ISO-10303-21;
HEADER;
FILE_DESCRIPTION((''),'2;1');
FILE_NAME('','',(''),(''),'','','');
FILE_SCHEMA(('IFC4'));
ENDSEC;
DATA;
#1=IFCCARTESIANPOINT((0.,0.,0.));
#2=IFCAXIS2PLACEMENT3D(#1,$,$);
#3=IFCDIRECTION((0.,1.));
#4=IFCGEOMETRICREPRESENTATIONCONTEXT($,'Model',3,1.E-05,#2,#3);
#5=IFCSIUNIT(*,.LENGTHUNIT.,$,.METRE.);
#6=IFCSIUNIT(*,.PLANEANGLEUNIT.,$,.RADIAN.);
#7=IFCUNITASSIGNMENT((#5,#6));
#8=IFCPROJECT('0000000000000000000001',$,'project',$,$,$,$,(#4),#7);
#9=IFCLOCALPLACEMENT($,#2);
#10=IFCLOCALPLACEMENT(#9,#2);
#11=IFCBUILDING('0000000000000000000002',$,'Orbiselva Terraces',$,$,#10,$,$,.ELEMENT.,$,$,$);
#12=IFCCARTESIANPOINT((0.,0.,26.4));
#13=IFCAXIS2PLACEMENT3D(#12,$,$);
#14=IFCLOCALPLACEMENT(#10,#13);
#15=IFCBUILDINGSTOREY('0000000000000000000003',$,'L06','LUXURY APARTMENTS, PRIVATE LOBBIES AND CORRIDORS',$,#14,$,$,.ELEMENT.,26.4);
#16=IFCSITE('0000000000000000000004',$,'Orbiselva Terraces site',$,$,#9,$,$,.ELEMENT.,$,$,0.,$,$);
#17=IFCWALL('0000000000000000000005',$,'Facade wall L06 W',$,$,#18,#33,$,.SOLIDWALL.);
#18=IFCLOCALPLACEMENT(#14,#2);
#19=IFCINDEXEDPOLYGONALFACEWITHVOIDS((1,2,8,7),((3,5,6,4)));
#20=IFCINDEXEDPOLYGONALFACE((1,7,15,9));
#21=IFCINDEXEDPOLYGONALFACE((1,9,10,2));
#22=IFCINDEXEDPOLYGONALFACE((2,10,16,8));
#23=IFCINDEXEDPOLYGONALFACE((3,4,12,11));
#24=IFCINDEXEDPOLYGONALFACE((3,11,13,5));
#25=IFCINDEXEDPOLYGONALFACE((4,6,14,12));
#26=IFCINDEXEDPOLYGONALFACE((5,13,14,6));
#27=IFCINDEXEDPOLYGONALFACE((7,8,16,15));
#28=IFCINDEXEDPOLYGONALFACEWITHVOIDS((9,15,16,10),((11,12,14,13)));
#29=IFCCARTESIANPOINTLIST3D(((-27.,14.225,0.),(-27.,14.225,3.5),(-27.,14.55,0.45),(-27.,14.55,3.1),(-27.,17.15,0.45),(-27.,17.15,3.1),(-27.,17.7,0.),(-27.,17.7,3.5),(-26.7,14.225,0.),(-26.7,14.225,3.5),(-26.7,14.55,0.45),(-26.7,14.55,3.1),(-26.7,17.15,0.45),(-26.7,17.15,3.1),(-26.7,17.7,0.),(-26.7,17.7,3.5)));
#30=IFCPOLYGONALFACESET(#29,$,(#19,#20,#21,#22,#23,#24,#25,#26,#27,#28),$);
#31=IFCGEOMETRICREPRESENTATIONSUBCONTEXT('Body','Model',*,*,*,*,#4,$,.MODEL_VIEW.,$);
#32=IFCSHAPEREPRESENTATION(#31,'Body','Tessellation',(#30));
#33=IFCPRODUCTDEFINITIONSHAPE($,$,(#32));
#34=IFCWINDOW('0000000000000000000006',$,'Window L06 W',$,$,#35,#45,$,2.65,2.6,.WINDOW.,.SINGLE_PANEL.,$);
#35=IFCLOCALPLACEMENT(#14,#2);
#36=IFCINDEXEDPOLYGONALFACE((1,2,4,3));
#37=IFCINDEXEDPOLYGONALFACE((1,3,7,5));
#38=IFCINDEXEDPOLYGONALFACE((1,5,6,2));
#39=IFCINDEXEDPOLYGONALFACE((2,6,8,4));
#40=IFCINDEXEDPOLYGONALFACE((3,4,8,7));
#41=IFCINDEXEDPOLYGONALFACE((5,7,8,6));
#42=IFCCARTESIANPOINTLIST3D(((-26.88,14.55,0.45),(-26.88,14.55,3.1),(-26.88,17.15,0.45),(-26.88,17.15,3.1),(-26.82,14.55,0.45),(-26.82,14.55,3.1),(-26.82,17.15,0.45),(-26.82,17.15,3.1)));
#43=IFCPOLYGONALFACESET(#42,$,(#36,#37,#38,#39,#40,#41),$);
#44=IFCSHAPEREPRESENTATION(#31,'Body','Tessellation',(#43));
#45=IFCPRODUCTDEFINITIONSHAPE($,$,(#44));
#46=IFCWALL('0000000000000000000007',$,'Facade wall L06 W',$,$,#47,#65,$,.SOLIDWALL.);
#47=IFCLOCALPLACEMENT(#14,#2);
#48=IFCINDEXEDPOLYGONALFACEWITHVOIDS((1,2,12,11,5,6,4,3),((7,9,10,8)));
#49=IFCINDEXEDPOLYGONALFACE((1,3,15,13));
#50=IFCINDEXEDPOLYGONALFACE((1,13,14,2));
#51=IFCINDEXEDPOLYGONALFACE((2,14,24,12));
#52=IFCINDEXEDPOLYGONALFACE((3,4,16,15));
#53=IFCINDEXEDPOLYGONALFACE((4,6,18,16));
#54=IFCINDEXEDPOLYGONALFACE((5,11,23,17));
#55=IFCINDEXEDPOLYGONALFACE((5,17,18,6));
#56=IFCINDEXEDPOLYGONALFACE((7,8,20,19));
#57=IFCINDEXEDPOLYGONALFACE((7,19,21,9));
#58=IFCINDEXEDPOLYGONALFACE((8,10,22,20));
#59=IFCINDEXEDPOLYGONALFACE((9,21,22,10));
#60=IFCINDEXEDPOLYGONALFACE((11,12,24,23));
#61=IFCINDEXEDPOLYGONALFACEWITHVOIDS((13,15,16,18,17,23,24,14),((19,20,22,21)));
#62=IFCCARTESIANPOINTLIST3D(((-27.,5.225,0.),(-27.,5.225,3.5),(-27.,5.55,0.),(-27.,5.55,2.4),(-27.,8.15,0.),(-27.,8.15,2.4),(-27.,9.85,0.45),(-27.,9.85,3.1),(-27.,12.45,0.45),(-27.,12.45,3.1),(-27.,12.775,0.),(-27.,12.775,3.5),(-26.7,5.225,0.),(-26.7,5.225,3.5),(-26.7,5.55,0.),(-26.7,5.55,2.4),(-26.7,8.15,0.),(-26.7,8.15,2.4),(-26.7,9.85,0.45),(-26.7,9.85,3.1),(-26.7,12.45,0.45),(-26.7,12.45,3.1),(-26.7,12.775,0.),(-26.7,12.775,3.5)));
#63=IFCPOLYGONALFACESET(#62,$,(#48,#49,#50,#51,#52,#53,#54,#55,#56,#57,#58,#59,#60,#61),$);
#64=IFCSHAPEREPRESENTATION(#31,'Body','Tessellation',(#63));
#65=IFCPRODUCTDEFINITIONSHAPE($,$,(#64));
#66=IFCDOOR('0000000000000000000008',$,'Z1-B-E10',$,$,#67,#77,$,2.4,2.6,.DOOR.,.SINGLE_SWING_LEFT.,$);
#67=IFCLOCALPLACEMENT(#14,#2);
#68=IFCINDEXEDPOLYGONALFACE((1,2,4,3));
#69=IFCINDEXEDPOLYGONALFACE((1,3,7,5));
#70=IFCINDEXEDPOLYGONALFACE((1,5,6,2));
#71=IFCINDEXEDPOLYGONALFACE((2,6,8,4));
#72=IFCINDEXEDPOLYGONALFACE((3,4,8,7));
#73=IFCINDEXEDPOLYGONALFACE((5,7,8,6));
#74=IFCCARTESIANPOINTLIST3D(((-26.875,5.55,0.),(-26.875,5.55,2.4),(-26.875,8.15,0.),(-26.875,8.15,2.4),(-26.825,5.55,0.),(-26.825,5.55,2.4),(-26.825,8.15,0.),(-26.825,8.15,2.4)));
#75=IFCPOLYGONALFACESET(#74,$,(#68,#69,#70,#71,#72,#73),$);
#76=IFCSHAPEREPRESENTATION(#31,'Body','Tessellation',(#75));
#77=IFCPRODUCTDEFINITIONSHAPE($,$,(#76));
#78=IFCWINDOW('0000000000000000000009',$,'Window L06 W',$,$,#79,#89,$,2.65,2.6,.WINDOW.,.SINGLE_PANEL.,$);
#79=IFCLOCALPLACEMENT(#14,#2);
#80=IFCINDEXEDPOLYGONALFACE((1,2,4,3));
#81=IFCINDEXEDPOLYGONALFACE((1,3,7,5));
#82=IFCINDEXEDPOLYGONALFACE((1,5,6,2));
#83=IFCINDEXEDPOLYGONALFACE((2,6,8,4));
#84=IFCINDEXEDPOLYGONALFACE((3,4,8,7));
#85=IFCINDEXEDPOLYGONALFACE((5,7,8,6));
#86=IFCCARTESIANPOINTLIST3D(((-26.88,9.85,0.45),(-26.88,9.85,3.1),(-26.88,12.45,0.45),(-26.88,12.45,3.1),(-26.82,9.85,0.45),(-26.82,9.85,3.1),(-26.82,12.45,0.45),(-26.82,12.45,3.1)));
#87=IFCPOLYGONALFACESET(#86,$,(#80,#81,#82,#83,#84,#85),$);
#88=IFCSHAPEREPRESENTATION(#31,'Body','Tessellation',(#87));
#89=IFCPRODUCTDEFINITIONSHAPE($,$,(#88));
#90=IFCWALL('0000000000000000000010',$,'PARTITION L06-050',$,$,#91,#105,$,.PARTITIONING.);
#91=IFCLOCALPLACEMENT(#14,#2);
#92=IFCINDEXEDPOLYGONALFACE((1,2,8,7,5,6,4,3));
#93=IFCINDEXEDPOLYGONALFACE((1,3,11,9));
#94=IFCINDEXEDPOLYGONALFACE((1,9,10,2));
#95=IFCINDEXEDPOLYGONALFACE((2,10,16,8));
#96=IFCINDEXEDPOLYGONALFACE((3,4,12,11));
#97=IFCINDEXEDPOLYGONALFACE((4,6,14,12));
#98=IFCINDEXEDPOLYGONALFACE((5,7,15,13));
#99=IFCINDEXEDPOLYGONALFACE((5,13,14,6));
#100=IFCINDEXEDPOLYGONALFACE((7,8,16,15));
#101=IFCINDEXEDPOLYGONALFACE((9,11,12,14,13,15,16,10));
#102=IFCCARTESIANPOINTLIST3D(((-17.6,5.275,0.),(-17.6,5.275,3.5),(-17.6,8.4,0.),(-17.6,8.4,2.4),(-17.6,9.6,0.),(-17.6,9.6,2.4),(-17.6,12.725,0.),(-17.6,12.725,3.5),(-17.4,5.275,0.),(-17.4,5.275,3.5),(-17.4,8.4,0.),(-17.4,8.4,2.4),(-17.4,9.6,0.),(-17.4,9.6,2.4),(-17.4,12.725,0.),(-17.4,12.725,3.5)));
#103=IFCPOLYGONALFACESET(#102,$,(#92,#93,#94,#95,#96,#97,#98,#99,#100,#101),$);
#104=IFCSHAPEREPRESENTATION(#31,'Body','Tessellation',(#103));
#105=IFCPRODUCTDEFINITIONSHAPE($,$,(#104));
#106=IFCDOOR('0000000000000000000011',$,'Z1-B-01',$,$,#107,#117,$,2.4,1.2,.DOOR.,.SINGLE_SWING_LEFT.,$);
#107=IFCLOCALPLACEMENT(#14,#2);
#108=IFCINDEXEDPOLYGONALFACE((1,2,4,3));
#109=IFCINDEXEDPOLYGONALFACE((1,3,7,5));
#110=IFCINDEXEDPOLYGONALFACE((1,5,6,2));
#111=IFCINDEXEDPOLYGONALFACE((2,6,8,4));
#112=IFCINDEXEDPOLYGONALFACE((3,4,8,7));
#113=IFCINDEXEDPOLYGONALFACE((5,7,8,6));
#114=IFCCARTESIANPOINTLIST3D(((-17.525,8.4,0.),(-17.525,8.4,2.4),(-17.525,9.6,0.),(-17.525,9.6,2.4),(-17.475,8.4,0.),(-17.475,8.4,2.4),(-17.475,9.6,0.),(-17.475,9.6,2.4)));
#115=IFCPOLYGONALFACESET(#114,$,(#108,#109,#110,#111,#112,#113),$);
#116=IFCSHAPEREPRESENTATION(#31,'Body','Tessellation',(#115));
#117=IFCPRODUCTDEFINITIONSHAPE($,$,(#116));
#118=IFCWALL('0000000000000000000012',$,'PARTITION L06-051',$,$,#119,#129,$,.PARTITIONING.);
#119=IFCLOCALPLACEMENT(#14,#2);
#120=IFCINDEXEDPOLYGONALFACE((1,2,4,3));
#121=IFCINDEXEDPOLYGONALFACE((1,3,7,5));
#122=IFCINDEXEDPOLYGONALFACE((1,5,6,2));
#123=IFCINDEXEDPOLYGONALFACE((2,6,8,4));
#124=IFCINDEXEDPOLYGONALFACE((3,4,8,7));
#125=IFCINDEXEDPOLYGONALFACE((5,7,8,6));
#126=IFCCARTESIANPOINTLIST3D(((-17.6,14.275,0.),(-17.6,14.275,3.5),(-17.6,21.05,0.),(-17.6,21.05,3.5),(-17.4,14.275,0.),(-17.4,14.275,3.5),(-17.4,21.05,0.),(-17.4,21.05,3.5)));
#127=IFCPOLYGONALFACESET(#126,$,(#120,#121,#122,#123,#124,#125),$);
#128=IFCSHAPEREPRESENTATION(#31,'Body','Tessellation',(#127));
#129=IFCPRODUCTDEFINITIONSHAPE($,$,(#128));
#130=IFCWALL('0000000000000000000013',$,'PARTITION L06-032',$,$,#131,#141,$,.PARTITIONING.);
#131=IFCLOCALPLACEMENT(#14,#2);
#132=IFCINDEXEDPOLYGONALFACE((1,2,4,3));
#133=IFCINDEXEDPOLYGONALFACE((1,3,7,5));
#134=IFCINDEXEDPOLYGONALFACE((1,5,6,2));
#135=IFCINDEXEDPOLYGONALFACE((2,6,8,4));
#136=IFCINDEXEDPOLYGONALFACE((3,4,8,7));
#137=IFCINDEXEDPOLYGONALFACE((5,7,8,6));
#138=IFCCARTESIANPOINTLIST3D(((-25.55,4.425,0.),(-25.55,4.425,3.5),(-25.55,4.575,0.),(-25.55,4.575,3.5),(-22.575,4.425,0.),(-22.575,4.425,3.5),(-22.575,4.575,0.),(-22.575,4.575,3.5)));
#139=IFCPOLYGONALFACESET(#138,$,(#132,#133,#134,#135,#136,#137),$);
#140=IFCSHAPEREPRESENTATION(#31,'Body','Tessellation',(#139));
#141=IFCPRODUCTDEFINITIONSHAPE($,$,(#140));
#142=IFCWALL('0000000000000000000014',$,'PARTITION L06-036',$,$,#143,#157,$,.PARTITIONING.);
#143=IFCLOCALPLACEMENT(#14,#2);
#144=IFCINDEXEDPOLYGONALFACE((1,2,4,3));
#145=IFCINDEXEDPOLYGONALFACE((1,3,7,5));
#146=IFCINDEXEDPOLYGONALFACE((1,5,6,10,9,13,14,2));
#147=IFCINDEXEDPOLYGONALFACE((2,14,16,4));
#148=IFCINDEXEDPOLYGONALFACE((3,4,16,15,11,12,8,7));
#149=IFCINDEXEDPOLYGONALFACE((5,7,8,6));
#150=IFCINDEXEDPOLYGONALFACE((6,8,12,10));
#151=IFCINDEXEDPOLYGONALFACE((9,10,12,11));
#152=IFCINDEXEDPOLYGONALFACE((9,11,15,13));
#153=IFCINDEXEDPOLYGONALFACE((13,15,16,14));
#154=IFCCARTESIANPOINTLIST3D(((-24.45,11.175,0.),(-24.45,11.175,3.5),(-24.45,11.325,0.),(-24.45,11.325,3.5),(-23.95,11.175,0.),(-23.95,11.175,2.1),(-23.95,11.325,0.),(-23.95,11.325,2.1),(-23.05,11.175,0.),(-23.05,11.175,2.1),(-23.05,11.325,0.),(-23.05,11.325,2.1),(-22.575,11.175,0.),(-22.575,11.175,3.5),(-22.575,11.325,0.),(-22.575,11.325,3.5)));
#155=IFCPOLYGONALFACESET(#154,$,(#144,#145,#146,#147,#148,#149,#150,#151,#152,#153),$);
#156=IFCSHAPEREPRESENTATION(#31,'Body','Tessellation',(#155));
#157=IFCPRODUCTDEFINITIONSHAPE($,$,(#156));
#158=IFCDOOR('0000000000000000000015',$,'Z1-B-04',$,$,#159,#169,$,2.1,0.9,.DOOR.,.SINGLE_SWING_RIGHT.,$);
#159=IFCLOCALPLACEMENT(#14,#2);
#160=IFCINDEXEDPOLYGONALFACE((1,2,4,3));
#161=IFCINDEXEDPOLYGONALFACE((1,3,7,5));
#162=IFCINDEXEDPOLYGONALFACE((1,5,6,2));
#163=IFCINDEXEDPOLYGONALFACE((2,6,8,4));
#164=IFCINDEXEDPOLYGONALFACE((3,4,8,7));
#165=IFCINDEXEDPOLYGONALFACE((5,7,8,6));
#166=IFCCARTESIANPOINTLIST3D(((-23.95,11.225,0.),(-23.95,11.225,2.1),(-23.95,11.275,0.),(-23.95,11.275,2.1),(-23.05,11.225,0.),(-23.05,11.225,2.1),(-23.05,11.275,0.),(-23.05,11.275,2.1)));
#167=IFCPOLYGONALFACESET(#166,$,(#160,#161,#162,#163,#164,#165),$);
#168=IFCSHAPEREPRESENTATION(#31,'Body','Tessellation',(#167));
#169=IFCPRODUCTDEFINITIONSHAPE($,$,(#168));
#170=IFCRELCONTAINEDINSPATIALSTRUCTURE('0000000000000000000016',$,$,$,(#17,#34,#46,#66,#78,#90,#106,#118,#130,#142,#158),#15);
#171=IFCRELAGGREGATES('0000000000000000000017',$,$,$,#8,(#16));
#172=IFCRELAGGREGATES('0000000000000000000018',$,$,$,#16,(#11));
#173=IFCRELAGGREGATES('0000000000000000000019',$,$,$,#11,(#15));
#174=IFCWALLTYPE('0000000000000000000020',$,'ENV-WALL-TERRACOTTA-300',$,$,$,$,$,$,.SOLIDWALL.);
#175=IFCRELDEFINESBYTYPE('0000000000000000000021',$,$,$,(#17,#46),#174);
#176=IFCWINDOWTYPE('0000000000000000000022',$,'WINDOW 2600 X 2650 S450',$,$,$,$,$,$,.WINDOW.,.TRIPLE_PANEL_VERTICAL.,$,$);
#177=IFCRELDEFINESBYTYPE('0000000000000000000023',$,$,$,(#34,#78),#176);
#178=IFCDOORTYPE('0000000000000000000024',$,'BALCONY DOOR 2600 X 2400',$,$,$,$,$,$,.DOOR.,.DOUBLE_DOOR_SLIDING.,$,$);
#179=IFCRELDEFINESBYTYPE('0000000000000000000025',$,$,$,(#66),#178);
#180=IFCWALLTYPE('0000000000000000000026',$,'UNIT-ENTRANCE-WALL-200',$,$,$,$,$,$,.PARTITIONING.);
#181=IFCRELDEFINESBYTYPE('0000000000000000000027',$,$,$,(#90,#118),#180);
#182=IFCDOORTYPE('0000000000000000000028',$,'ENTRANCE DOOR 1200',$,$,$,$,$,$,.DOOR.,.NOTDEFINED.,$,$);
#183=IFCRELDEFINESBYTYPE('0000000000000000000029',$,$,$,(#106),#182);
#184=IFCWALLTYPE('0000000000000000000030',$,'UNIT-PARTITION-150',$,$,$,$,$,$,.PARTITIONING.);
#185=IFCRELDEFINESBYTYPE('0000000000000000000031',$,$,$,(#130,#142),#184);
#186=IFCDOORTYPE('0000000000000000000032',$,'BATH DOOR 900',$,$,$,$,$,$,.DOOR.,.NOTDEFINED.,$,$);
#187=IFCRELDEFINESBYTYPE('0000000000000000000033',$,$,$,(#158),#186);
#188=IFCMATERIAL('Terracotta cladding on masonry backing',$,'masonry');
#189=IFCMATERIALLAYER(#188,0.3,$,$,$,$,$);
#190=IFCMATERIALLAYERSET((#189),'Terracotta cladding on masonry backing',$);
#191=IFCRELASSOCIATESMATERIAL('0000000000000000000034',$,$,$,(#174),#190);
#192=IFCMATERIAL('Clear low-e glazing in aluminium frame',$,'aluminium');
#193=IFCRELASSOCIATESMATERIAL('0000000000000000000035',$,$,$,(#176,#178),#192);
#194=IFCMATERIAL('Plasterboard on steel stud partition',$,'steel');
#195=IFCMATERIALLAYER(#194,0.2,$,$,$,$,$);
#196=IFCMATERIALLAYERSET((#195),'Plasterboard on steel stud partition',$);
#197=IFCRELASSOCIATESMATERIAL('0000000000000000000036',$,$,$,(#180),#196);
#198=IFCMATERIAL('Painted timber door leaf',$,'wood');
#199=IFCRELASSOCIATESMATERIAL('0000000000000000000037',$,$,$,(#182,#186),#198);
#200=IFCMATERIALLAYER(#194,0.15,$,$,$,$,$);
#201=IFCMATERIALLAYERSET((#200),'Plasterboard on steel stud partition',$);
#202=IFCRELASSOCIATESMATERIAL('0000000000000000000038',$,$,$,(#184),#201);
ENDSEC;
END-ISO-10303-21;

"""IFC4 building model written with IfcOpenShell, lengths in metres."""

from ifc_helpers import new_model, si_unit, direction, frame, frame_2d, origin, place, context, subcontext, project, spatial, rectangle, extrude, material, layer, layer_set, type_object, element, fill, save


model = new_model("IFC4")

# Units and contexts
model_context = context("Model", 3, precision=1e-05, world=origin(), true_north=direction((0.0, 1.0)))
body_context = subcontext(model_context, "Body", "Model", "MODEL_VIEW")
ifc_project = project(units=[si_unit("LENGTHUNIT", "METRE"), si_unit("PLANEANGLEUNIT", "RADIAN")], contexts=[model_context])

# Site, building, storey
site_placement = place(None, origin())
site = spatial("IfcSite", under=ifc_project, at=site_placement, Name="Orbiselva Terraces site", CompositionType="ELEMENT", RefElevation=0.0)
building_placement = place(site_placement, origin())
building = spatial("IfcBuilding", under=site, at=building_placement, Name="Orbiselva Terraces", CompositionType="ELEMENT")
storey_placement = place(building_placement, frame((0.0, 0.0, 26.4)))
storey = spatial("IfcBuildingStorey", under=building, at=storey_placement, Name="L06", Description="LUXURY APARTMENTS, PRIVATE LOBBIES AND CORRIDORS", CompositionType="ELEMENT", Elevation=26.4)

# Wall, opening, window
ifc_material_1 = material(Name="Terracotta cladding on masonry backing", Category="masonry")
ifc_layer_1 = layer(ifc_material_1, 0.3)
ifc_layer_set_1 = layer_set([ifc_layer_1], Name="Terracotta cladding on masonry backing")
wall_type_1 = type_object("IfcWallType", Name="ENV-WALL-TERRACOTTA-300", PredefinedType="SOLIDWALL", material=ifc_layer_set_1)
wall_1_placement = place(storey_placement, frame((-26.85, 14.225, 0.0), z_axis=(0.0, 0.0, 1.0), x_axis=(0.0, 1.0, 0.0)))
wall_1 = element("IfcWall", 1, at=wall_1_placement, inside=storey, type_object=wall_type_1, Name="Facade wall L06 W", PredefinedType="SOLIDWALL", context=body_context, shape_type="SweptSolid", body=[
    extrude(rectangle(XDim=3.475, YDim=0.3, at=frame_2d((1.7375, 0.0))), origin(), (0.0, 0.0, 1.0), 3.5),
])
opening_1_placement = place(wall_1_placement, frame((0.325, 0.0, 0.45)))
opening_1 = element("IfcOpeningElement", 2, at=opening_1_placement, cuts=wall_1, PredefinedType="OPENING", context=body_context, shape_type="SweptSolid", body=[
    extrude(rectangle(XDim=2.6, YDim=2.65, at=frame_2d((1.3, 1.325))), frame((0.0, 0.16, 0.0), z_axis=(0.0, -1.0, 0.0), x_axis=(1.0, 0.0, 0.0)), (0.0, 0.0, 1.0), 0.32),
])
ifc_material_2 = material(Name="Clear low-e glazing in aluminium frame", Category="aluminium")
window_type = type_object("IfcWindowType", Name="WINDOW 2600 X 2650 S450", PartitioningType="TRIPLE_PANEL_VERTICAL", PredefinedType="WINDOW", material=ifc_material_2)
window_1_placement = place(opening_1_placement, origin())
window_1 = element("IfcWindow", 3, at=window_1_placement, inside=storey, type_object=window_type, Name="Window L06 W", OverallHeight=2.65, OverallWidth=2.6, PartitioningType="SINGLE_PANEL", PredefinedType="WINDOW", context=body_context, shape_type="SweptSolid", body=[
    extrude(rectangle(XDim=2.6, YDim=2.65, at=frame_2d((1.3, 1.325))), frame((0.0, 0.03, 0.0), z_axis=(0.0, -1.0, 0.0), x_axis=(1.0, 0.0, 0.0)), (0.0, 0.0, 1.0), 0.06),
])
fill(opening_1, window_1)

# Wall, openings, door, window
wall_2_placement = place(storey_placement, frame((-26.85, 5.225, 0.0), z_axis=(0.0, 0.0, 1.0), x_axis=(0.0, 1.0, 0.0)))
wall_2 = element("IfcWall", 4, at=wall_2_placement, inside=storey, type_object=wall_type_1, Name="Facade wall L06 W", PredefinedType="SOLIDWALL", context=body_context, shape_type="SweptSolid", body=[
    extrude(rectangle(XDim=7.55, YDim=0.3, at=frame_2d((3.775, 0.0))), origin(), (0.0, 0.0, 1.0), 3.5),
])
opening_2_placement = place(wall_2_placement, frame((4.625, 0.0, 0.45)))
opening_2 = element("IfcOpeningElement", 5, at=opening_2_placement, cuts=wall_2, PredefinedType="OPENING", context=body_context, shape_type="SweptSolid", body=[
    extrude(rectangle(XDim=2.6, YDim=2.65, at=frame_2d((1.3, 1.325))), frame((0.0, 0.16, 0.0), z_axis=(0.0, -1.0, 0.0), x_axis=(1.0, 0.0, 0.0)), (0.0, 0.0, 1.0), 0.32),
])
opening_3_placement = place(wall_2_placement, frame((0.325, 0.0, 0.0)))
opening_3 = element("IfcOpeningElement", 6, at=opening_3_placement, cuts=wall_2, PredefinedType="OPENING", context=body_context, shape_type="SweptSolid", body=[
    extrude(rectangle(XDim=2.6, YDim=2.4, at=frame_2d((1.3, 1.2))), frame((0.0, 0.16, 0.0), z_axis=(0.0, -1.0, 0.0), x_axis=(1.0, 0.0, 0.0)), (0.0, 0.0, 1.0), 0.32),
])
door_type_1 = type_object("IfcDoorType", Name="BALCONY DOOR 2600 X 2400", OperationType="DOUBLE_DOOR_SLIDING", PredefinedType="DOOR", material=ifc_material_2)
door_1_placement = place(opening_3_placement, origin())
door_1 = element("IfcDoor", 7, at=door_1_placement, inside=storey, type_object=door_type_1, Name="Z1-B-E10", OperationType="SINGLE_SWING_LEFT", OverallHeight=2.4, OverallWidth=2.6, PredefinedType="DOOR", context=body_context, shape_type="SweptSolid", body=[
    extrude(rectangle(XDim=2.6, YDim=2.4, at=frame_2d((1.3, 1.2))), frame((0.0, 0.025, 0.0), z_axis=(0.0, -1.0, 0.0), x_axis=(1.0, 0.0, 0.0)), (0.0, 0.0, 1.0), 0.05),
])
fill(opening_3, door_1)
window_2_placement = place(opening_2_placement, origin())
window_2 = element("IfcWindow", 8, at=window_2_placement, inside=storey, type_object=window_type, Name="Window L06 W", OverallHeight=2.65, OverallWidth=2.6, PartitioningType="SINGLE_PANEL", PredefinedType="WINDOW", context=body_context, shape_type="SweptSolid", body=[
    extrude(rectangle(XDim=2.6, YDim=2.65, at=frame_2d((1.3, 1.325))), frame((0.0, 0.03, 0.0), z_axis=(0.0, -1.0, 0.0), x_axis=(1.0, 0.0, 0.0)), (0.0, 0.0, 1.0), 0.06),
])
fill(opening_2, window_2)

# Wall, opening, door
ifc_material_3 = material(Name="Plasterboard on steel stud partition", Category="steel")
ifc_layer_2 = layer(ifc_material_3, 0.2)
ifc_layer_set_2 = layer_set([ifc_layer_2], Name="Plasterboard on steel stud partition")
wall_type_2 = type_object("IfcWallType", Name="UNIT-ENTRANCE-WALL-200", PredefinedType="PARTITIONING", material=ifc_layer_set_2)
wall_3_placement = place(storey_placement, frame((-17.5, 5.275, 0.0), z_axis=(0.0, 0.0, 1.0), x_axis=(0.0, 1.0, 0.0)))
wall_3 = element("IfcWall", 9, at=wall_3_placement, inside=storey, type_object=wall_type_2, Name="PARTITION L06-050", PredefinedType="PARTITIONING", context=body_context, shape_type="SweptSolid", body=[
    extrude(rectangle(XDim=7.45, YDim=0.2, at=frame_2d((3.725, 0.0))), origin(), (0.0, 0.0, 1.0), 3.5),
])
opening_4_placement = place(wall_3_placement, frame((3.125, 0.0, 0.0)))
opening_4 = element("IfcOpeningElement", 10, at=opening_4_placement, cuts=wall_3, PredefinedType="OPENING", context=body_context, shape_type="SweptSolid", body=[
    extrude(rectangle(XDim=1.2, YDim=2.4, at=frame_2d((0.6, 1.2))), frame((0.0, 0.11, 0.0), z_axis=(0.0, -1.0, 0.0), x_axis=(1.0, 0.0, 0.0)), (0.0, 0.0, 1.0), 0.22),
])
ifc_material_4 = material(Name="Painted timber door leaf", Category="wood")
door_type_2 = type_object("IfcDoorType", Name="ENTRANCE DOOR 1200", OperationType="NOTDEFINED", PredefinedType="DOOR", material=ifc_material_4)
door_2_placement = place(opening_4_placement, origin())
door_2 = element("IfcDoor", 11, at=door_2_placement, inside=storey, type_object=door_type_2, Name="Z1-B-01", OperationType="SINGLE_SWING_LEFT", OverallHeight=2.4, OverallWidth=1.2, PredefinedType="DOOR", context=body_context, shape_type="SweptSolid", body=[
    extrude(rectangle(XDim=1.2, YDim=2.4, at=frame_2d((0.6, 1.2))), frame((0.0, 0.025, 0.0), z_axis=(0.0, -1.0, 0.0), x_axis=(1.0, 0.0, 0.0)), (0.0, 0.0, 1.0), 0.05),
])
fill(opening_4, door_2)

# Walls
wall_4_placement = place(storey_placement, frame((-17.5, 14.275, 0.0), z_axis=(0.0, 0.0, 1.0), x_axis=(0.0, 1.0, 0.0)))
element("IfcWall", 12, at=wall_4_placement, inside=storey, type_object=wall_type_2, Name="PARTITION L06-051", PredefinedType="PARTITIONING", context=body_context, shape_type="SweptSolid", body=[
    extrude(rectangle(XDim=6.775, YDim=0.2, at=frame_2d((3.3875, 0.0))), origin(), (0.0, 0.0, 1.0), 3.5),
])
ifc_layer_3 = layer(ifc_material_3, 0.15)
ifc_layer_set_3 = layer_set([ifc_layer_3], Name="Plasterboard on steel stud partition")
wall_type_3 = type_object("IfcWallType", Name="UNIT-PARTITION-150", PredefinedType="PARTITIONING", material=ifc_layer_set_3)
wall_5_placement = place(storey_placement, frame((-25.55, 4.5, 0.0), z_axis=(0.0, 0.0, 1.0), x_axis=(1.0, 0.0, 0.0)))
element("IfcWall", 13, at=wall_5_placement, inside=storey, type_object=wall_type_3, Name="PARTITION L06-032", PredefinedType="PARTITIONING", context=body_context, shape_type="SweptSolid", body=[
    extrude(rectangle(XDim=2.975, YDim=0.15, at=frame_2d((1.4875, 0.0))), origin(), (0.0, 0.0, 1.0), 3.5),
])

# Wall, opening, door
wall_6_placement = place(storey_placement, frame((-24.45, 11.25, 0.0), z_axis=(0.0, 0.0, 1.0), x_axis=(1.0, 0.0, 0.0)))
wall_6 = element("IfcWall", 14, at=wall_6_placement, inside=storey, type_object=wall_type_3, Name="PARTITION L06-036", PredefinedType="PARTITIONING", context=body_context, shape_type="SweptSolid", body=[
    extrude(rectangle(XDim=1.875, YDim=0.15, at=frame_2d((0.9375, 0.0))), origin(), (0.0, 0.0, 1.0), 3.5),
])
opening_5_placement = place(wall_6_placement, frame((0.5, 0.0, 0.0)))
opening_5 = element("IfcOpeningElement", 15, at=opening_5_placement, cuts=wall_6, PredefinedType="OPENING", context=body_context, shape_type="SweptSolid", body=[
    extrude(rectangle(XDim=0.9, YDim=2.1, at=frame_2d((0.45, 1.05))), frame((0.0, 0.085, 0.0), z_axis=(0.0, -1.0, 0.0), x_axis=(1.0, 0.0, 0.0)), (0.0, 0.0, 1.0), 0.17),
])
door_type_3 = type_object("IfcDoorType", Name="BATH DOOR 900", OperationType="NOTDEFINED", PredefinedType="DOOR", material=ifc_material_4)
door_3_placement = place(opening_5_placement, origin())
door_3 = element("IfcDoor", 16, at=door_3_placement, inside=storey, type_object=door_type_3, Name="Z1-B-04", OperationType="SINGLE_SWING_RIGHT", OverallHeight=2.1, OverallWidth=0.9, PredefinedType="DOOR", context=body_context, shape_type="SweptSolid", body=[
    extrude(rectangle(XDim=0.9, YDim=2.1, at=frame_2d((0.45, 1.05))), frame((0.0, 0.025, 0.0), z_axis=(0.0, -1.0, 0.0), x_axis=(1.0, 0.0, 0.0)), (0.0, 0.0, 1.0), 0.05),
])
fill(opening_5, door_3)

save(model, "model.ifc")
